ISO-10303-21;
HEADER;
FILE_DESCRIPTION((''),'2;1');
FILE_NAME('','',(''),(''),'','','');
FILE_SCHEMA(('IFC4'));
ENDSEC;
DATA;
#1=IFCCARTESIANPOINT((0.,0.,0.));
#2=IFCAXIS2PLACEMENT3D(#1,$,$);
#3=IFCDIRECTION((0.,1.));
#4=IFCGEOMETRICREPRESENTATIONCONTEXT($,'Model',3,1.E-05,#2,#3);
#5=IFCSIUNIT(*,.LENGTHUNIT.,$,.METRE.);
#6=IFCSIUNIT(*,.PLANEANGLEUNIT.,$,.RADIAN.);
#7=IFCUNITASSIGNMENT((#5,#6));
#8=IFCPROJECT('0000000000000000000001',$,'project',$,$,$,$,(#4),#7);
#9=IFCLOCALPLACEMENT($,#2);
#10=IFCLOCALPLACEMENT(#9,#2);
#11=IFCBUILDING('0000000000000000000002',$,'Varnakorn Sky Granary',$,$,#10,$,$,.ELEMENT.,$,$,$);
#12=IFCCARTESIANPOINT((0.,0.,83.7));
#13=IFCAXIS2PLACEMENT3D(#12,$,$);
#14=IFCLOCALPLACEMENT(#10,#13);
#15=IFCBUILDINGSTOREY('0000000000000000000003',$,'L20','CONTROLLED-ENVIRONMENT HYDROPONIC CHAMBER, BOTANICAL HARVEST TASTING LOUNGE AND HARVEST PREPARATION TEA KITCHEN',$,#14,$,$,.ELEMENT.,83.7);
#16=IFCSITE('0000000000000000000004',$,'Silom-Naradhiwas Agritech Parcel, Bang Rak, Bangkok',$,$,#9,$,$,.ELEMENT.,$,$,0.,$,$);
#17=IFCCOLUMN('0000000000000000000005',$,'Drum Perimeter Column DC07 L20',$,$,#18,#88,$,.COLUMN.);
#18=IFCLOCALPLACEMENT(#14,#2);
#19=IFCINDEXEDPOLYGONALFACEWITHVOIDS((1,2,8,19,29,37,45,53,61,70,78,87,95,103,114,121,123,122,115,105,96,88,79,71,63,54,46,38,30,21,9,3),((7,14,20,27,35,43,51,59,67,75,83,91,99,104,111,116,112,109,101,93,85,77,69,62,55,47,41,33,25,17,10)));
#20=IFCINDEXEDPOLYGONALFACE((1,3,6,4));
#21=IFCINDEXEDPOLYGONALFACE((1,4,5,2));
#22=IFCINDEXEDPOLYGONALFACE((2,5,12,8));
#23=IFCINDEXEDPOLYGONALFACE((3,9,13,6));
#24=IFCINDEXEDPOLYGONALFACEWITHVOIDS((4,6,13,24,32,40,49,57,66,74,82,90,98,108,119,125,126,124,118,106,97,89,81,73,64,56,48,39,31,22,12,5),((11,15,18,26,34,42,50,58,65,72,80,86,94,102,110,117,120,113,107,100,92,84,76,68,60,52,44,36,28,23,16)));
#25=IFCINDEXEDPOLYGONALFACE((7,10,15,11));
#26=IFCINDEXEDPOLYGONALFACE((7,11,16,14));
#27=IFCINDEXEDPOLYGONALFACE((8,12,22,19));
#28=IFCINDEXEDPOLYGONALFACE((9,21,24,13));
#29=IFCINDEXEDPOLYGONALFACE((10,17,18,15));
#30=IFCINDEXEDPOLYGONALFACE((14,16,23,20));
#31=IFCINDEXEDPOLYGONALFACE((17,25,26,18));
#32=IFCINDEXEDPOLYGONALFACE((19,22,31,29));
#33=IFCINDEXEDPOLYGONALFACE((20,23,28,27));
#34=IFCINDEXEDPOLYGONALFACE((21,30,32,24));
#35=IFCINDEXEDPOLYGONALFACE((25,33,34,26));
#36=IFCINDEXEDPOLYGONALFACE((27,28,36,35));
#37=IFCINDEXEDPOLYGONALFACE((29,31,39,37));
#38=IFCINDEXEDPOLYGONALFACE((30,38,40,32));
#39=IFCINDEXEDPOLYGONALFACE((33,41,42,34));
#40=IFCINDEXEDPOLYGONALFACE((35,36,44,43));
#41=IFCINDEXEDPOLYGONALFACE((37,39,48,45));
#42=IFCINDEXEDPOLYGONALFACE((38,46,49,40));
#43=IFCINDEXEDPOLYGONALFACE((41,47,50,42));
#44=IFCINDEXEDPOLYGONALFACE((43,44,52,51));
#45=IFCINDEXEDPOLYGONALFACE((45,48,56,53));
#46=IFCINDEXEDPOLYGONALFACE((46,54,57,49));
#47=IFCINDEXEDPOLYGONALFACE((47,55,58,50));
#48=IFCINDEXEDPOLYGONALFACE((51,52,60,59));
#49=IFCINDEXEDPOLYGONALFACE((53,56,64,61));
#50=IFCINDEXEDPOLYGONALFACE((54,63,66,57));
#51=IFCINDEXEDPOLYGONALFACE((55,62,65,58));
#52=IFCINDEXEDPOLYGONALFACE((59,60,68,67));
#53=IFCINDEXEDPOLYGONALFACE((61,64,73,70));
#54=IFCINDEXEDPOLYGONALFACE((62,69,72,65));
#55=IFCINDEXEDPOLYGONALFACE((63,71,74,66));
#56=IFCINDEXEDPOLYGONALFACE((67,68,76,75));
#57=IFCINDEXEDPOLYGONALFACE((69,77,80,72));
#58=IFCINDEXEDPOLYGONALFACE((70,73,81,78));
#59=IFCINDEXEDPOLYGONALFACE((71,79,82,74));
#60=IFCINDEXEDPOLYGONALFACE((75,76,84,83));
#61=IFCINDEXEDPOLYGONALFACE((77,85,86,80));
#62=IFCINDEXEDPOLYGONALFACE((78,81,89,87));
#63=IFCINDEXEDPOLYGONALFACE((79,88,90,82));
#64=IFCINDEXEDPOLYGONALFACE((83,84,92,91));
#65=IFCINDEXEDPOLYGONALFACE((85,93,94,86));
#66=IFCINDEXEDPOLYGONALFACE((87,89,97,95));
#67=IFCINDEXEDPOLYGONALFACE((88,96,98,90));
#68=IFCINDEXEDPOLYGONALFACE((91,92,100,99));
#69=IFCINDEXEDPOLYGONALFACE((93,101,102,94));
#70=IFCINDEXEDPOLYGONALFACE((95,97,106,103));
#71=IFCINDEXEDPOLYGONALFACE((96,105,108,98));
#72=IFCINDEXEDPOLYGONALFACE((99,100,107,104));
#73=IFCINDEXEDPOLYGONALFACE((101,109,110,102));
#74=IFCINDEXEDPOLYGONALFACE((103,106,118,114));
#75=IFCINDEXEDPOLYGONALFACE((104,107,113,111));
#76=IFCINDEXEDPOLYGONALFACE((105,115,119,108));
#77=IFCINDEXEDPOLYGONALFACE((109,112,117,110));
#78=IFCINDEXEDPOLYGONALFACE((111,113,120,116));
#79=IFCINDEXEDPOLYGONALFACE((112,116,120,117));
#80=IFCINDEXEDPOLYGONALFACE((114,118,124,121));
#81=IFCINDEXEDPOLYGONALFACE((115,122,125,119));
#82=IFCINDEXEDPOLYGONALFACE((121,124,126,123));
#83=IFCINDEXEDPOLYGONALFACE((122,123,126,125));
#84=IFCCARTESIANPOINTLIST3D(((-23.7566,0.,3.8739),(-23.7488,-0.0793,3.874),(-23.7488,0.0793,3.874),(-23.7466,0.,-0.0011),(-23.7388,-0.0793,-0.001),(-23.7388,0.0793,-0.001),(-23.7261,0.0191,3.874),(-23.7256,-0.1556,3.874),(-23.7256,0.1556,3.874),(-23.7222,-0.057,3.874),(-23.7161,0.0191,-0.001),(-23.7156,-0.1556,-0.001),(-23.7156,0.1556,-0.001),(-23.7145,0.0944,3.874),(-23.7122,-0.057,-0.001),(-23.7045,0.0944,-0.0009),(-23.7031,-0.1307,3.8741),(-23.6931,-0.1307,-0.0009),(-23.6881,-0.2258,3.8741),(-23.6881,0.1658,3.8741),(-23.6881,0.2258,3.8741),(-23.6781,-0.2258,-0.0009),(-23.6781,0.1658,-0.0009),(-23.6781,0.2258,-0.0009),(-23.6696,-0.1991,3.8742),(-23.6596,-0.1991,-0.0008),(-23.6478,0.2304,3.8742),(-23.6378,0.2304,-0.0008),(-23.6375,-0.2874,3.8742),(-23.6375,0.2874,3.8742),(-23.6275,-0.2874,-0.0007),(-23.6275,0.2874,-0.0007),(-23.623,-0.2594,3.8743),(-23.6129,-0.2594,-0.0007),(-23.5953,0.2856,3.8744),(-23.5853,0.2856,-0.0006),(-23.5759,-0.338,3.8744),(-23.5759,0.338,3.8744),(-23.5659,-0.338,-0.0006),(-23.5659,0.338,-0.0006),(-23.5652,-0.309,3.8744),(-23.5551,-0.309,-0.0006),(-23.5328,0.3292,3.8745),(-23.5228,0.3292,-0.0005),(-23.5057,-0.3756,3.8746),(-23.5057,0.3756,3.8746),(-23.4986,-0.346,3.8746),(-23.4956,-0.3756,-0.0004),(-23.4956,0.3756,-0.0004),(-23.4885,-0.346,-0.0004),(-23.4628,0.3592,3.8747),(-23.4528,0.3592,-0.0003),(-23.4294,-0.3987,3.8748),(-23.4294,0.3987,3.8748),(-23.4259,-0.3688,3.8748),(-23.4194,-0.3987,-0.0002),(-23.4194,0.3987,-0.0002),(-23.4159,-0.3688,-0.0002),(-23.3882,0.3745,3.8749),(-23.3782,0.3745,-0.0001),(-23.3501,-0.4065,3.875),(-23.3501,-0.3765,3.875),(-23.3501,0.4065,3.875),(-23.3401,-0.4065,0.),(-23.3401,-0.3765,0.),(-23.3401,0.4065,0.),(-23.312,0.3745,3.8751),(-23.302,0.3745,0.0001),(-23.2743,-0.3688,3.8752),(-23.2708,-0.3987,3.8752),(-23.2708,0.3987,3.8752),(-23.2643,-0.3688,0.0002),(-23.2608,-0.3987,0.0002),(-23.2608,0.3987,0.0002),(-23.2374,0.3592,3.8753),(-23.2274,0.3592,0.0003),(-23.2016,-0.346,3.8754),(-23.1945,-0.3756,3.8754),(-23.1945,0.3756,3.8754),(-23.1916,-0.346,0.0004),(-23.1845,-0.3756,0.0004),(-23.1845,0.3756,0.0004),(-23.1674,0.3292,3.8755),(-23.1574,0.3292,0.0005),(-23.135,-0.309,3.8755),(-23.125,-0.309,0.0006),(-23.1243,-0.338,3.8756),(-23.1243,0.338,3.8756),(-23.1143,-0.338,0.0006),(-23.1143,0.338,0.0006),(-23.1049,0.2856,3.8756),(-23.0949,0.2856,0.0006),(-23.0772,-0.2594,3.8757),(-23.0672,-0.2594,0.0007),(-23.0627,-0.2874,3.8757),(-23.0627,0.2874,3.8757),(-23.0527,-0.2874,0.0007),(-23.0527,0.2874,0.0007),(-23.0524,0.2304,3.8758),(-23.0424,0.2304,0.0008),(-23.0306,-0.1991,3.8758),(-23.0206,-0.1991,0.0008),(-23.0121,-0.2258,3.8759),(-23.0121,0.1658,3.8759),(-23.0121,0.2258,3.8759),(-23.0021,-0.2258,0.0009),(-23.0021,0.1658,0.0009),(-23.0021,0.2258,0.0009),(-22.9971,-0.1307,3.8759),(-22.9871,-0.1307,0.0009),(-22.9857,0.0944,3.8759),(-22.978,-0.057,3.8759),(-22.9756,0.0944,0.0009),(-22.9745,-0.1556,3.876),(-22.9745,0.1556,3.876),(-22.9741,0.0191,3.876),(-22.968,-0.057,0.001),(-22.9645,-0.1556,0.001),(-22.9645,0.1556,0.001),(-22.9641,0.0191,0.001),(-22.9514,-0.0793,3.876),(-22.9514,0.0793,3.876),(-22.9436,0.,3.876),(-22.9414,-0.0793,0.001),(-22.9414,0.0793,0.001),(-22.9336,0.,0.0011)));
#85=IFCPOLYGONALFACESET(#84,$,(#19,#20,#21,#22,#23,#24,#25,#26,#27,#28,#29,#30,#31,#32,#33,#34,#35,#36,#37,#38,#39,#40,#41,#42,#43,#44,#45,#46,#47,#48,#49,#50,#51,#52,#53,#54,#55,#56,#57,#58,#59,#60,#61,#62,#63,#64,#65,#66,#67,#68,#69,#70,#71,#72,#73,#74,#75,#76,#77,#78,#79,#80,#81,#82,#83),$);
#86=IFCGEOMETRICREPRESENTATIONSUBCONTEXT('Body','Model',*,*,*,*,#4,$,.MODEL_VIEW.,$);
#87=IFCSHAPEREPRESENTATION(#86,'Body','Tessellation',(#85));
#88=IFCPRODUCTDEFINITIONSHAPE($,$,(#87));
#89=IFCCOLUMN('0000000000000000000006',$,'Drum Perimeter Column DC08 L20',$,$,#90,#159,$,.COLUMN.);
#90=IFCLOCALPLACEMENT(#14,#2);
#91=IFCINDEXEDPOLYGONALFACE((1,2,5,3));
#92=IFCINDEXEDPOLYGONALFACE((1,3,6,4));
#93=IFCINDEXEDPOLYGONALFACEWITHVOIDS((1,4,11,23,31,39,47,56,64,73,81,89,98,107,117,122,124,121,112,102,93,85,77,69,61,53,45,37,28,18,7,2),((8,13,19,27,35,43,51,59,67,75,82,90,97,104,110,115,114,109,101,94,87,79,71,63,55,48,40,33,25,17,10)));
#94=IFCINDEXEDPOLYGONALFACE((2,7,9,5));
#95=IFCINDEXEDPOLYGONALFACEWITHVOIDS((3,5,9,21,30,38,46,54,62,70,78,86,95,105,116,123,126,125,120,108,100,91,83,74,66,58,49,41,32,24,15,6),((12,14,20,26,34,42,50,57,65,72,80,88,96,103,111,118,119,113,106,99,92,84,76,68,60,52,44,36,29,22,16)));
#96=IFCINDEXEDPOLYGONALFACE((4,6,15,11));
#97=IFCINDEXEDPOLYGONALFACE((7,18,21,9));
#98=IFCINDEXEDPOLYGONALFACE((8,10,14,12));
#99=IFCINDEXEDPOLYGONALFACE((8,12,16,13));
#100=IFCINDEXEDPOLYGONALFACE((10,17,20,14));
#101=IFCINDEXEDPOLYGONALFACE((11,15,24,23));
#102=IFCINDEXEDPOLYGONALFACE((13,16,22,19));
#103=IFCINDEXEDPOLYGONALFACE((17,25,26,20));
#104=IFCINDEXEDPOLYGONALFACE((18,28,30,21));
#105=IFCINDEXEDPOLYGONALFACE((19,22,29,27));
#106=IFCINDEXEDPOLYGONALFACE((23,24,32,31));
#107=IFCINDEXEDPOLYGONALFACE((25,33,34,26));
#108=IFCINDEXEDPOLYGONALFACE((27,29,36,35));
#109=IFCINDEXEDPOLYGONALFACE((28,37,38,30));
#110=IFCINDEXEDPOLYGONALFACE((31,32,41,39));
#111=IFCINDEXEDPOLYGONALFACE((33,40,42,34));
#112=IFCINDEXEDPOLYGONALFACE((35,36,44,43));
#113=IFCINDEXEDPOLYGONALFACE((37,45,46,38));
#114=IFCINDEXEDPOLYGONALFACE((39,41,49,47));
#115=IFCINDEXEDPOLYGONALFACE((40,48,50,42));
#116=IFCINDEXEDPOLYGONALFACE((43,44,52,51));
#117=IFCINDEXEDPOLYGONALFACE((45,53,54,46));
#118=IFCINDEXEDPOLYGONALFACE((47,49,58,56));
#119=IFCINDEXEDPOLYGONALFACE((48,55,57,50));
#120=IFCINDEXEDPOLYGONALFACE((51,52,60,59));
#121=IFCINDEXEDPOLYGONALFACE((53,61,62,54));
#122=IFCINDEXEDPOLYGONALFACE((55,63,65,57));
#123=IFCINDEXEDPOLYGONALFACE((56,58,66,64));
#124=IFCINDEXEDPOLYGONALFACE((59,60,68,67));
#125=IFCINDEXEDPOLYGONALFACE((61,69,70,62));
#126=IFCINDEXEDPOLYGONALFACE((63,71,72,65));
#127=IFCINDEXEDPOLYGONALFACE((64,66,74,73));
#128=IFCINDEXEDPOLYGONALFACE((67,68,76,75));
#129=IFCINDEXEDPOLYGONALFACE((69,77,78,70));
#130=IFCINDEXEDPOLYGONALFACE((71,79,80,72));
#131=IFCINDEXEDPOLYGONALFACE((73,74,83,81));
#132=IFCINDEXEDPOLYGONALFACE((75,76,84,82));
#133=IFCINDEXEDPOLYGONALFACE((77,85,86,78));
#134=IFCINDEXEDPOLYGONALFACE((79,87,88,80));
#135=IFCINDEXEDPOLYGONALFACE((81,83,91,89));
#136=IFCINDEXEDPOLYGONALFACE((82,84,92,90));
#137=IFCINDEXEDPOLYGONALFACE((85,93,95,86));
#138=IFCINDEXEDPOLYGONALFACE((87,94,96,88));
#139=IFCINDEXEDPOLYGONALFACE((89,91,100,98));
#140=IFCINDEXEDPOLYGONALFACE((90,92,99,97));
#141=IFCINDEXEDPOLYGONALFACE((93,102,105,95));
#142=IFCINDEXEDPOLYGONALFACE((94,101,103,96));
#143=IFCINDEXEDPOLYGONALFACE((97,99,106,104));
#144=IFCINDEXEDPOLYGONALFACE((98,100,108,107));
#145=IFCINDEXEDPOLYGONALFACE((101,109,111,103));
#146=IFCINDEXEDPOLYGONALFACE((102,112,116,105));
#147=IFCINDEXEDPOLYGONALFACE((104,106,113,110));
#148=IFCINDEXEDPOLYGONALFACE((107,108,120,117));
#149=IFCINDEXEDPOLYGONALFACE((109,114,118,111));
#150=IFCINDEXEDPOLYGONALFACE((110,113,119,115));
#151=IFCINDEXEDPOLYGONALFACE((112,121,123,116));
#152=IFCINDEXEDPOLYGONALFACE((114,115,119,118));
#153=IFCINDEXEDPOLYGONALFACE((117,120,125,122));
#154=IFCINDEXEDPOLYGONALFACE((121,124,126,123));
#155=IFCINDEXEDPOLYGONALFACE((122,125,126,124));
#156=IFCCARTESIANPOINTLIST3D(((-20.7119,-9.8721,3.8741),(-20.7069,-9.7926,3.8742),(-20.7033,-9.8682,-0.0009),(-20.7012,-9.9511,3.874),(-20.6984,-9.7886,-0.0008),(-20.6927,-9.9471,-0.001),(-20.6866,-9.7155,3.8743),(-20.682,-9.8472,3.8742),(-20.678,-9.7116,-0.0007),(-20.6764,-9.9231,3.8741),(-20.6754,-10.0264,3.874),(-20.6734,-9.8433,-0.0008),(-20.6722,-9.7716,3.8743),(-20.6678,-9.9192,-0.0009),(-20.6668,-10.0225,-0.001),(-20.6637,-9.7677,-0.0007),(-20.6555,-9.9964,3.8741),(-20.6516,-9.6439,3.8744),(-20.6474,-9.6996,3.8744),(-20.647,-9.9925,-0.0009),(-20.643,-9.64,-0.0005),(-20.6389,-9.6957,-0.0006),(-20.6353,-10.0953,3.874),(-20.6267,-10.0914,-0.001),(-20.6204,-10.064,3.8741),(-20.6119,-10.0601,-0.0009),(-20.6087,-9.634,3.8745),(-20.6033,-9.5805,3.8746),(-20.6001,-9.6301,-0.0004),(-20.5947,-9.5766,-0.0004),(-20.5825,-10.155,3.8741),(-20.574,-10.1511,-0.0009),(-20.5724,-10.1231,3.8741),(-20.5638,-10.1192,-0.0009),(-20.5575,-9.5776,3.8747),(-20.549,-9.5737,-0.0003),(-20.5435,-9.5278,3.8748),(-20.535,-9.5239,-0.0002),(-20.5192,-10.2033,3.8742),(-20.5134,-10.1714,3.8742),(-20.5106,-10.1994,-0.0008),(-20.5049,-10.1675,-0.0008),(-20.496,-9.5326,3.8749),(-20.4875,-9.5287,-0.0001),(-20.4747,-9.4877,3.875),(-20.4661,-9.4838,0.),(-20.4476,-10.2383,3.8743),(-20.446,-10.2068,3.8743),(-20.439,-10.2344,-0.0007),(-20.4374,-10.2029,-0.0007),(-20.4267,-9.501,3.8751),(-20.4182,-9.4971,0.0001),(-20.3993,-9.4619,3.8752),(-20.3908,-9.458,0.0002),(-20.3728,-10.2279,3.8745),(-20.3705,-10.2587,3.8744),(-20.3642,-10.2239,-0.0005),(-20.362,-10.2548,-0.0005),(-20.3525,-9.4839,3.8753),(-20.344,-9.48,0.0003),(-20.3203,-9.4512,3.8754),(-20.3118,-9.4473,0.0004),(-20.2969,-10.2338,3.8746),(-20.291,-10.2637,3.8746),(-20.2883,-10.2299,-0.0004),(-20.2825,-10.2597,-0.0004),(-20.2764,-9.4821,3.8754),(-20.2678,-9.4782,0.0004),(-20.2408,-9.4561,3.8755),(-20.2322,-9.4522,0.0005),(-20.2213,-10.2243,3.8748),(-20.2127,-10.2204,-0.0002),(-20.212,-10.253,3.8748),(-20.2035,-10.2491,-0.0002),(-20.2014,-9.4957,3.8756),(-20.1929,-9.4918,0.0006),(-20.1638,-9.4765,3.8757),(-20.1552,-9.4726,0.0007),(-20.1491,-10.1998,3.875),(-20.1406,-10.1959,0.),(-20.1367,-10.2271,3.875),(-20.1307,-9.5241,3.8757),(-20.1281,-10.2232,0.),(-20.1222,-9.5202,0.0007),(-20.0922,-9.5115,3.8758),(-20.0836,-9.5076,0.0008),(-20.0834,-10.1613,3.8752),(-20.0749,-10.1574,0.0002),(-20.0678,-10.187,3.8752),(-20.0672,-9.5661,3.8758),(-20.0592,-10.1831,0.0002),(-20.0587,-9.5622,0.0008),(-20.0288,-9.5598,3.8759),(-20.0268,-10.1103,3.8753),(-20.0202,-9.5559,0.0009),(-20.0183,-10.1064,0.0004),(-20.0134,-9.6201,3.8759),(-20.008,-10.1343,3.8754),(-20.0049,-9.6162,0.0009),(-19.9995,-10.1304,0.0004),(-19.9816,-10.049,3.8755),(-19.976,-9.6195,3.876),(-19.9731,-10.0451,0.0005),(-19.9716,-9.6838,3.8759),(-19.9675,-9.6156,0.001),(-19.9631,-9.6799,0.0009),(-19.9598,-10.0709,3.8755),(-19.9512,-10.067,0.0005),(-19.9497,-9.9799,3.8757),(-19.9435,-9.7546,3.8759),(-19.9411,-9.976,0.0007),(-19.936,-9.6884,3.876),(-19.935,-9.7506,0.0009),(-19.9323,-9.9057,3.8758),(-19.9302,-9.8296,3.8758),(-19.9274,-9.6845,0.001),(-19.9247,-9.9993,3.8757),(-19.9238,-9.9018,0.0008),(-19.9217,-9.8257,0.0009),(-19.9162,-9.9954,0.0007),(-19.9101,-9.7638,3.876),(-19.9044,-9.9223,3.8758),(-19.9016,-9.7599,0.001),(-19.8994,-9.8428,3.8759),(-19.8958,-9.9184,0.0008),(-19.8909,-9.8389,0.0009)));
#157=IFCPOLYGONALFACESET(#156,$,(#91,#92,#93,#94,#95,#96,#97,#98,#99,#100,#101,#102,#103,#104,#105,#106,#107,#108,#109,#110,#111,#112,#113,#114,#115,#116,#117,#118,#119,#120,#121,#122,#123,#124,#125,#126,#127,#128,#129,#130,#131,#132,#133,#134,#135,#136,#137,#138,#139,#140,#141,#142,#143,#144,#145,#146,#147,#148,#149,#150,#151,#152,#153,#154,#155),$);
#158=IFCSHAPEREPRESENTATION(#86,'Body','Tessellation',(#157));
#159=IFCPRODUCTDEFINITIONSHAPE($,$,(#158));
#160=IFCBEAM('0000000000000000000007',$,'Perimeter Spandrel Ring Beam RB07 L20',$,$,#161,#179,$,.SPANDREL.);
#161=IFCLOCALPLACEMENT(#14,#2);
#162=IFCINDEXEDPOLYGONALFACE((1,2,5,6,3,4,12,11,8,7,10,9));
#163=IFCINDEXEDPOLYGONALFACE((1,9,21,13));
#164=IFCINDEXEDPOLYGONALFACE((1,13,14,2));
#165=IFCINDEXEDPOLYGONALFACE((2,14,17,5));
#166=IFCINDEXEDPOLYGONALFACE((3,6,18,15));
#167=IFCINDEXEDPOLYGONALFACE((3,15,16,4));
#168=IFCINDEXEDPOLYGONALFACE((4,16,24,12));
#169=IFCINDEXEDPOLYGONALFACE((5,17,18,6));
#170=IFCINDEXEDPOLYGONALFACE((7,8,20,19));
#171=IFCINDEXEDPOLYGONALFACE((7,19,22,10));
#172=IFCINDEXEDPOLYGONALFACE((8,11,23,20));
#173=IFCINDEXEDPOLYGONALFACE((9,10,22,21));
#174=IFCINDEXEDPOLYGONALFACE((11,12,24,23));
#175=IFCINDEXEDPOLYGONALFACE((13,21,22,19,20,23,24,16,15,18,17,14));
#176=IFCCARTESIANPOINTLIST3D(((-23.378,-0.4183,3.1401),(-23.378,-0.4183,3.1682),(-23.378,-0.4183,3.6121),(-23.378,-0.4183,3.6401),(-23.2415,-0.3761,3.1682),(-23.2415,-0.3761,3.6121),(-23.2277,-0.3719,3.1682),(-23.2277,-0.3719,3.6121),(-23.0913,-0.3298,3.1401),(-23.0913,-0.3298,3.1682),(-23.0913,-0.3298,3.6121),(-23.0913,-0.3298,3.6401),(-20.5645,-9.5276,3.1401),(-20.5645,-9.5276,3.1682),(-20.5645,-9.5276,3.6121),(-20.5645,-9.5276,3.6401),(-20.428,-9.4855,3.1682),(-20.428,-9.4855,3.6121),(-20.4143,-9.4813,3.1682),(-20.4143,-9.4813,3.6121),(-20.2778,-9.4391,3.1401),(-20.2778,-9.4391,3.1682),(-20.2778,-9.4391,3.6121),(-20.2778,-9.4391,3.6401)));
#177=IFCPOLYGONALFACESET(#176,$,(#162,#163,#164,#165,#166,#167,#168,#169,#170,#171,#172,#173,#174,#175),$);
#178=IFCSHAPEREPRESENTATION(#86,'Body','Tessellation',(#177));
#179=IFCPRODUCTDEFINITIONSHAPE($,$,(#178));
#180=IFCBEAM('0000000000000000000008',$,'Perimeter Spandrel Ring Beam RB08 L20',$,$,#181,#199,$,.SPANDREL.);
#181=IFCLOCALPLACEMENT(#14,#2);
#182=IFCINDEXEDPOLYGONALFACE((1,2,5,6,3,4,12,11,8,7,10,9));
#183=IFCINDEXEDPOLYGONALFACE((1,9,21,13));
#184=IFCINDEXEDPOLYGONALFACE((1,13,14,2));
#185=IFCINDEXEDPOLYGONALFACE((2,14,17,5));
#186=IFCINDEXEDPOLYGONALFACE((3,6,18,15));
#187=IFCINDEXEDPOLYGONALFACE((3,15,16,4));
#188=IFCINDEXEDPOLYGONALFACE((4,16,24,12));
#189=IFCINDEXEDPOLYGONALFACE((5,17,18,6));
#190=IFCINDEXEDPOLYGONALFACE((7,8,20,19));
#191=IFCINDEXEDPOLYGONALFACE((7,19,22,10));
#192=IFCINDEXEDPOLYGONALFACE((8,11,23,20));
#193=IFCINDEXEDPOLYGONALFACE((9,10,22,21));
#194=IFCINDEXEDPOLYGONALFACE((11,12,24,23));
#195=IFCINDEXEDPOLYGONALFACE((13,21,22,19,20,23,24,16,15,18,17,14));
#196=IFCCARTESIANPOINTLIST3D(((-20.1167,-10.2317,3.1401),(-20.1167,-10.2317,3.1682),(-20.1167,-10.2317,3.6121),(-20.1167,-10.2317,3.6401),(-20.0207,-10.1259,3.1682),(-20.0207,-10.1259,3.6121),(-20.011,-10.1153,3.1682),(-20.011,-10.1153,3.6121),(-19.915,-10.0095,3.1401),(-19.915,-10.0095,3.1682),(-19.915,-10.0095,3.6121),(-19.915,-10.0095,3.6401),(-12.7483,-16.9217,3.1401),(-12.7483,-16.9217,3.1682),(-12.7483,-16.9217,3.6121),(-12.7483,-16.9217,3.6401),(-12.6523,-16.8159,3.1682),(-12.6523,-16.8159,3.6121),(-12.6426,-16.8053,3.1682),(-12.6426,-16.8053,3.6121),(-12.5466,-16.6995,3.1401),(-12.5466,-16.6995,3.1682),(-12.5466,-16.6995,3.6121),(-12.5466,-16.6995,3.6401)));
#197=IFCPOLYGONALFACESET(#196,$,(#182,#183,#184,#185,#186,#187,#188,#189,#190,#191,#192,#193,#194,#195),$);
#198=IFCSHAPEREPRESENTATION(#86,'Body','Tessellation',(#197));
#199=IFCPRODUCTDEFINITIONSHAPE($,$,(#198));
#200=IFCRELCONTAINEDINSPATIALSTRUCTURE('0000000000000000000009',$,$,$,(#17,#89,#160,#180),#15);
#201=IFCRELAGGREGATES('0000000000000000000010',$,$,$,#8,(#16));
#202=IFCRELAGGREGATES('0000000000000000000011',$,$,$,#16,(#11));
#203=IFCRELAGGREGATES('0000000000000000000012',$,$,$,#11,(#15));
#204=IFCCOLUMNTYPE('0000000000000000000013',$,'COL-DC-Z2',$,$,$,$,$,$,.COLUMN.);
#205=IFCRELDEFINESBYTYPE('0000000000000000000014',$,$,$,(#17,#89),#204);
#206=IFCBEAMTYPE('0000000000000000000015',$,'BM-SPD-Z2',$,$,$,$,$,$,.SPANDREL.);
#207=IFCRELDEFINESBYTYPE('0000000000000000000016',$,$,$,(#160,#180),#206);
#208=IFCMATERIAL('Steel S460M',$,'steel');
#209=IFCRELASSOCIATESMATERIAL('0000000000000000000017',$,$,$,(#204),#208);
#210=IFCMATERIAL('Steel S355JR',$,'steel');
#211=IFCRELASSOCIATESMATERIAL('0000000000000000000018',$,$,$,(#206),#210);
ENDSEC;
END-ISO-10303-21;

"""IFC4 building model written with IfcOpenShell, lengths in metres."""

from ifc_helpers import new_model, si_unit, direction, frame, origin, origin_2d, place, context, subcontext, project, spatial, hollow_circle, i_section, extrude, material, material_profile, profile_set, type_object, element, save


model = new_model("IFC4")

# Units and contexts
model_context = context("Model", 3, precision=1e-05, world=origin(), true_north=direction((0.0, 1.0)))
body_context = subcontext(model_context, "Body", "Model", "MODEL_VIEW")
ifc_project = project(units=[si_unit("LENGTHUNIT", "METRE"), si_unit("PLANEANGLEUNIT", "RADIAN")], contexts=[model_context])

# Site, building, storey
site_placement = place(None, origin())
site = spatial("IfcSite", under=ifc_project, at=site_placement, Name="Silom-Naradhiwas Agritech Parcel, Bang Rak, Bangkok", CompositionType="ELEMENT", RefElevation=0.0)
building_placement = place(site_placement, origin())
building = spatial("IfcBuilding", under=site, at=building_placement, Name="Varnakorn Sky Granary", CompositionType="ELEMENT")
storey_placement = place(building_placement, frame((0.0, 0.0, 83.7)))
storey = spatial("IfcBuildingStorey", under=building, at=storey_placement, Name="L20", Description="CONTROLLED-ENVIRONMENT HYDROPONIC CHAMBER, BOTANICAL HARVEST TASTING LOUNGE AND HARVEST PREPARATION TEA KITCHEN", CompositionType="ELEMENT", Elevation=83.7)

# Columns
ifc_material_1 = material(Name="Steel S460M", Category="steel")
ifc_material_profile_1 = material_profile(ifc_material_1, hollow_circle(Radius=0.4065, WallThickness=0.03, at=origin_2d()), Name="CHS 813x30")
ifc_profile_set_1 = profile_set([ifc_material_profile_1], Name="Steel S460M")
column_type = type_object("IfcColumnType", Name="COL-DC-Z2", PredefinedType="COLUMN", material=ifc_profile_set_1)
for number, where, z_axis, x_axis, name in (
    (1, (-23.3401, 0.0, 0.0), (-0.002583, 0.0, 0.999997), (0.0, -1.0, 0.0), "Drum Perimeter Column DC07 L20"),
    (2, (-20.2971, -9.8535, 0.0), (-0.002205, -0.001008, 0.999997), (0.41576, -0.909474, 0.0), "Drum Perimeter Column DC08 L20"),
):
    element("IfcColumn", number, at=place(storey_placement, frame(where, z_axis=z_axis, x_axis=x_axis)), inside=storey, type_object=column_type, Name=name, PredefinedType="COLUMN", context=body_context, shape_type="SweptSolid", body=[
        extrude(hollow_circle(Radius=0.4065, WallThickness=0.03, at=origin_2d()), origin(), (0.0, 0.0, 1.0), 3.875),
    ])

# Beams
ifc_material_2 = material(Name="Steel S355JR", Category="steel")
ifc_material_profile_2 = material_profile(ifc_material_2, i_section(OverallWidth=0.3, OverallDepth=0.5, WebThickness=0.0144, FlangeThickness=0.0281, at=origin_2d()), Name="HE 500 B")
ifc_profile_set_2 = profile_set([ifc_material_profile_2], Name="Steel S355JR")
beam_type = type_object("IfcBeamType", Name="BM-SPD-Z2", PredefinedType="SPANDREL", material=ifc_profile_set_2)
beam_1_placement = place(storey_placement, frame((-23.2346, -0.374, 3.3901), z_axis=(0.295101, -0.955466, 0.0), x_axis=(0.955466, 0.295101, 0.0)))
element("IfcBeam", 3, at=beam_1_placement, inside=storey, type_object=beam_type, Name="Perimeter Spandrel Ring Beam RB07 L20", PredefinedType="SPANDREL", context=body_context, shape_type="SweptSolid", body=[
    extrude(i_section(OverallWidth=0.3, OverallDepth=0.5, WebThickness=0.0144, FlangeThickness=0.0281, at=origin_2d()), origin(), (0.0, 0.0, 1.0), 9.5339),
])
beam_2_placement = place(storey_placement, frame((-20.0159, -10.1206, 3.3901), z_axis=(0.740371, -0.672199, 0.0), x_axis=(0.672199, 0.740371, 0.0)))
element("IfcBeam", 4, at=beam_2_placement, inside=storey, type_object=beam_type, Name="Perimeter Spandrel Ring Beam RB08 L20", PredefinedType="SPANDREL", context=body_context, shape_type="SweptSolid", body=[
    extrude(i_section(OverallWidth=0.3, OverallDepth=0.5, WebThickness=0.0144, FlangeThickness=0.0281, at=origin_2d()), origin(), (0.0, 0.0, 1.0), 9.9524),
])

save(model, "model.ifc")
